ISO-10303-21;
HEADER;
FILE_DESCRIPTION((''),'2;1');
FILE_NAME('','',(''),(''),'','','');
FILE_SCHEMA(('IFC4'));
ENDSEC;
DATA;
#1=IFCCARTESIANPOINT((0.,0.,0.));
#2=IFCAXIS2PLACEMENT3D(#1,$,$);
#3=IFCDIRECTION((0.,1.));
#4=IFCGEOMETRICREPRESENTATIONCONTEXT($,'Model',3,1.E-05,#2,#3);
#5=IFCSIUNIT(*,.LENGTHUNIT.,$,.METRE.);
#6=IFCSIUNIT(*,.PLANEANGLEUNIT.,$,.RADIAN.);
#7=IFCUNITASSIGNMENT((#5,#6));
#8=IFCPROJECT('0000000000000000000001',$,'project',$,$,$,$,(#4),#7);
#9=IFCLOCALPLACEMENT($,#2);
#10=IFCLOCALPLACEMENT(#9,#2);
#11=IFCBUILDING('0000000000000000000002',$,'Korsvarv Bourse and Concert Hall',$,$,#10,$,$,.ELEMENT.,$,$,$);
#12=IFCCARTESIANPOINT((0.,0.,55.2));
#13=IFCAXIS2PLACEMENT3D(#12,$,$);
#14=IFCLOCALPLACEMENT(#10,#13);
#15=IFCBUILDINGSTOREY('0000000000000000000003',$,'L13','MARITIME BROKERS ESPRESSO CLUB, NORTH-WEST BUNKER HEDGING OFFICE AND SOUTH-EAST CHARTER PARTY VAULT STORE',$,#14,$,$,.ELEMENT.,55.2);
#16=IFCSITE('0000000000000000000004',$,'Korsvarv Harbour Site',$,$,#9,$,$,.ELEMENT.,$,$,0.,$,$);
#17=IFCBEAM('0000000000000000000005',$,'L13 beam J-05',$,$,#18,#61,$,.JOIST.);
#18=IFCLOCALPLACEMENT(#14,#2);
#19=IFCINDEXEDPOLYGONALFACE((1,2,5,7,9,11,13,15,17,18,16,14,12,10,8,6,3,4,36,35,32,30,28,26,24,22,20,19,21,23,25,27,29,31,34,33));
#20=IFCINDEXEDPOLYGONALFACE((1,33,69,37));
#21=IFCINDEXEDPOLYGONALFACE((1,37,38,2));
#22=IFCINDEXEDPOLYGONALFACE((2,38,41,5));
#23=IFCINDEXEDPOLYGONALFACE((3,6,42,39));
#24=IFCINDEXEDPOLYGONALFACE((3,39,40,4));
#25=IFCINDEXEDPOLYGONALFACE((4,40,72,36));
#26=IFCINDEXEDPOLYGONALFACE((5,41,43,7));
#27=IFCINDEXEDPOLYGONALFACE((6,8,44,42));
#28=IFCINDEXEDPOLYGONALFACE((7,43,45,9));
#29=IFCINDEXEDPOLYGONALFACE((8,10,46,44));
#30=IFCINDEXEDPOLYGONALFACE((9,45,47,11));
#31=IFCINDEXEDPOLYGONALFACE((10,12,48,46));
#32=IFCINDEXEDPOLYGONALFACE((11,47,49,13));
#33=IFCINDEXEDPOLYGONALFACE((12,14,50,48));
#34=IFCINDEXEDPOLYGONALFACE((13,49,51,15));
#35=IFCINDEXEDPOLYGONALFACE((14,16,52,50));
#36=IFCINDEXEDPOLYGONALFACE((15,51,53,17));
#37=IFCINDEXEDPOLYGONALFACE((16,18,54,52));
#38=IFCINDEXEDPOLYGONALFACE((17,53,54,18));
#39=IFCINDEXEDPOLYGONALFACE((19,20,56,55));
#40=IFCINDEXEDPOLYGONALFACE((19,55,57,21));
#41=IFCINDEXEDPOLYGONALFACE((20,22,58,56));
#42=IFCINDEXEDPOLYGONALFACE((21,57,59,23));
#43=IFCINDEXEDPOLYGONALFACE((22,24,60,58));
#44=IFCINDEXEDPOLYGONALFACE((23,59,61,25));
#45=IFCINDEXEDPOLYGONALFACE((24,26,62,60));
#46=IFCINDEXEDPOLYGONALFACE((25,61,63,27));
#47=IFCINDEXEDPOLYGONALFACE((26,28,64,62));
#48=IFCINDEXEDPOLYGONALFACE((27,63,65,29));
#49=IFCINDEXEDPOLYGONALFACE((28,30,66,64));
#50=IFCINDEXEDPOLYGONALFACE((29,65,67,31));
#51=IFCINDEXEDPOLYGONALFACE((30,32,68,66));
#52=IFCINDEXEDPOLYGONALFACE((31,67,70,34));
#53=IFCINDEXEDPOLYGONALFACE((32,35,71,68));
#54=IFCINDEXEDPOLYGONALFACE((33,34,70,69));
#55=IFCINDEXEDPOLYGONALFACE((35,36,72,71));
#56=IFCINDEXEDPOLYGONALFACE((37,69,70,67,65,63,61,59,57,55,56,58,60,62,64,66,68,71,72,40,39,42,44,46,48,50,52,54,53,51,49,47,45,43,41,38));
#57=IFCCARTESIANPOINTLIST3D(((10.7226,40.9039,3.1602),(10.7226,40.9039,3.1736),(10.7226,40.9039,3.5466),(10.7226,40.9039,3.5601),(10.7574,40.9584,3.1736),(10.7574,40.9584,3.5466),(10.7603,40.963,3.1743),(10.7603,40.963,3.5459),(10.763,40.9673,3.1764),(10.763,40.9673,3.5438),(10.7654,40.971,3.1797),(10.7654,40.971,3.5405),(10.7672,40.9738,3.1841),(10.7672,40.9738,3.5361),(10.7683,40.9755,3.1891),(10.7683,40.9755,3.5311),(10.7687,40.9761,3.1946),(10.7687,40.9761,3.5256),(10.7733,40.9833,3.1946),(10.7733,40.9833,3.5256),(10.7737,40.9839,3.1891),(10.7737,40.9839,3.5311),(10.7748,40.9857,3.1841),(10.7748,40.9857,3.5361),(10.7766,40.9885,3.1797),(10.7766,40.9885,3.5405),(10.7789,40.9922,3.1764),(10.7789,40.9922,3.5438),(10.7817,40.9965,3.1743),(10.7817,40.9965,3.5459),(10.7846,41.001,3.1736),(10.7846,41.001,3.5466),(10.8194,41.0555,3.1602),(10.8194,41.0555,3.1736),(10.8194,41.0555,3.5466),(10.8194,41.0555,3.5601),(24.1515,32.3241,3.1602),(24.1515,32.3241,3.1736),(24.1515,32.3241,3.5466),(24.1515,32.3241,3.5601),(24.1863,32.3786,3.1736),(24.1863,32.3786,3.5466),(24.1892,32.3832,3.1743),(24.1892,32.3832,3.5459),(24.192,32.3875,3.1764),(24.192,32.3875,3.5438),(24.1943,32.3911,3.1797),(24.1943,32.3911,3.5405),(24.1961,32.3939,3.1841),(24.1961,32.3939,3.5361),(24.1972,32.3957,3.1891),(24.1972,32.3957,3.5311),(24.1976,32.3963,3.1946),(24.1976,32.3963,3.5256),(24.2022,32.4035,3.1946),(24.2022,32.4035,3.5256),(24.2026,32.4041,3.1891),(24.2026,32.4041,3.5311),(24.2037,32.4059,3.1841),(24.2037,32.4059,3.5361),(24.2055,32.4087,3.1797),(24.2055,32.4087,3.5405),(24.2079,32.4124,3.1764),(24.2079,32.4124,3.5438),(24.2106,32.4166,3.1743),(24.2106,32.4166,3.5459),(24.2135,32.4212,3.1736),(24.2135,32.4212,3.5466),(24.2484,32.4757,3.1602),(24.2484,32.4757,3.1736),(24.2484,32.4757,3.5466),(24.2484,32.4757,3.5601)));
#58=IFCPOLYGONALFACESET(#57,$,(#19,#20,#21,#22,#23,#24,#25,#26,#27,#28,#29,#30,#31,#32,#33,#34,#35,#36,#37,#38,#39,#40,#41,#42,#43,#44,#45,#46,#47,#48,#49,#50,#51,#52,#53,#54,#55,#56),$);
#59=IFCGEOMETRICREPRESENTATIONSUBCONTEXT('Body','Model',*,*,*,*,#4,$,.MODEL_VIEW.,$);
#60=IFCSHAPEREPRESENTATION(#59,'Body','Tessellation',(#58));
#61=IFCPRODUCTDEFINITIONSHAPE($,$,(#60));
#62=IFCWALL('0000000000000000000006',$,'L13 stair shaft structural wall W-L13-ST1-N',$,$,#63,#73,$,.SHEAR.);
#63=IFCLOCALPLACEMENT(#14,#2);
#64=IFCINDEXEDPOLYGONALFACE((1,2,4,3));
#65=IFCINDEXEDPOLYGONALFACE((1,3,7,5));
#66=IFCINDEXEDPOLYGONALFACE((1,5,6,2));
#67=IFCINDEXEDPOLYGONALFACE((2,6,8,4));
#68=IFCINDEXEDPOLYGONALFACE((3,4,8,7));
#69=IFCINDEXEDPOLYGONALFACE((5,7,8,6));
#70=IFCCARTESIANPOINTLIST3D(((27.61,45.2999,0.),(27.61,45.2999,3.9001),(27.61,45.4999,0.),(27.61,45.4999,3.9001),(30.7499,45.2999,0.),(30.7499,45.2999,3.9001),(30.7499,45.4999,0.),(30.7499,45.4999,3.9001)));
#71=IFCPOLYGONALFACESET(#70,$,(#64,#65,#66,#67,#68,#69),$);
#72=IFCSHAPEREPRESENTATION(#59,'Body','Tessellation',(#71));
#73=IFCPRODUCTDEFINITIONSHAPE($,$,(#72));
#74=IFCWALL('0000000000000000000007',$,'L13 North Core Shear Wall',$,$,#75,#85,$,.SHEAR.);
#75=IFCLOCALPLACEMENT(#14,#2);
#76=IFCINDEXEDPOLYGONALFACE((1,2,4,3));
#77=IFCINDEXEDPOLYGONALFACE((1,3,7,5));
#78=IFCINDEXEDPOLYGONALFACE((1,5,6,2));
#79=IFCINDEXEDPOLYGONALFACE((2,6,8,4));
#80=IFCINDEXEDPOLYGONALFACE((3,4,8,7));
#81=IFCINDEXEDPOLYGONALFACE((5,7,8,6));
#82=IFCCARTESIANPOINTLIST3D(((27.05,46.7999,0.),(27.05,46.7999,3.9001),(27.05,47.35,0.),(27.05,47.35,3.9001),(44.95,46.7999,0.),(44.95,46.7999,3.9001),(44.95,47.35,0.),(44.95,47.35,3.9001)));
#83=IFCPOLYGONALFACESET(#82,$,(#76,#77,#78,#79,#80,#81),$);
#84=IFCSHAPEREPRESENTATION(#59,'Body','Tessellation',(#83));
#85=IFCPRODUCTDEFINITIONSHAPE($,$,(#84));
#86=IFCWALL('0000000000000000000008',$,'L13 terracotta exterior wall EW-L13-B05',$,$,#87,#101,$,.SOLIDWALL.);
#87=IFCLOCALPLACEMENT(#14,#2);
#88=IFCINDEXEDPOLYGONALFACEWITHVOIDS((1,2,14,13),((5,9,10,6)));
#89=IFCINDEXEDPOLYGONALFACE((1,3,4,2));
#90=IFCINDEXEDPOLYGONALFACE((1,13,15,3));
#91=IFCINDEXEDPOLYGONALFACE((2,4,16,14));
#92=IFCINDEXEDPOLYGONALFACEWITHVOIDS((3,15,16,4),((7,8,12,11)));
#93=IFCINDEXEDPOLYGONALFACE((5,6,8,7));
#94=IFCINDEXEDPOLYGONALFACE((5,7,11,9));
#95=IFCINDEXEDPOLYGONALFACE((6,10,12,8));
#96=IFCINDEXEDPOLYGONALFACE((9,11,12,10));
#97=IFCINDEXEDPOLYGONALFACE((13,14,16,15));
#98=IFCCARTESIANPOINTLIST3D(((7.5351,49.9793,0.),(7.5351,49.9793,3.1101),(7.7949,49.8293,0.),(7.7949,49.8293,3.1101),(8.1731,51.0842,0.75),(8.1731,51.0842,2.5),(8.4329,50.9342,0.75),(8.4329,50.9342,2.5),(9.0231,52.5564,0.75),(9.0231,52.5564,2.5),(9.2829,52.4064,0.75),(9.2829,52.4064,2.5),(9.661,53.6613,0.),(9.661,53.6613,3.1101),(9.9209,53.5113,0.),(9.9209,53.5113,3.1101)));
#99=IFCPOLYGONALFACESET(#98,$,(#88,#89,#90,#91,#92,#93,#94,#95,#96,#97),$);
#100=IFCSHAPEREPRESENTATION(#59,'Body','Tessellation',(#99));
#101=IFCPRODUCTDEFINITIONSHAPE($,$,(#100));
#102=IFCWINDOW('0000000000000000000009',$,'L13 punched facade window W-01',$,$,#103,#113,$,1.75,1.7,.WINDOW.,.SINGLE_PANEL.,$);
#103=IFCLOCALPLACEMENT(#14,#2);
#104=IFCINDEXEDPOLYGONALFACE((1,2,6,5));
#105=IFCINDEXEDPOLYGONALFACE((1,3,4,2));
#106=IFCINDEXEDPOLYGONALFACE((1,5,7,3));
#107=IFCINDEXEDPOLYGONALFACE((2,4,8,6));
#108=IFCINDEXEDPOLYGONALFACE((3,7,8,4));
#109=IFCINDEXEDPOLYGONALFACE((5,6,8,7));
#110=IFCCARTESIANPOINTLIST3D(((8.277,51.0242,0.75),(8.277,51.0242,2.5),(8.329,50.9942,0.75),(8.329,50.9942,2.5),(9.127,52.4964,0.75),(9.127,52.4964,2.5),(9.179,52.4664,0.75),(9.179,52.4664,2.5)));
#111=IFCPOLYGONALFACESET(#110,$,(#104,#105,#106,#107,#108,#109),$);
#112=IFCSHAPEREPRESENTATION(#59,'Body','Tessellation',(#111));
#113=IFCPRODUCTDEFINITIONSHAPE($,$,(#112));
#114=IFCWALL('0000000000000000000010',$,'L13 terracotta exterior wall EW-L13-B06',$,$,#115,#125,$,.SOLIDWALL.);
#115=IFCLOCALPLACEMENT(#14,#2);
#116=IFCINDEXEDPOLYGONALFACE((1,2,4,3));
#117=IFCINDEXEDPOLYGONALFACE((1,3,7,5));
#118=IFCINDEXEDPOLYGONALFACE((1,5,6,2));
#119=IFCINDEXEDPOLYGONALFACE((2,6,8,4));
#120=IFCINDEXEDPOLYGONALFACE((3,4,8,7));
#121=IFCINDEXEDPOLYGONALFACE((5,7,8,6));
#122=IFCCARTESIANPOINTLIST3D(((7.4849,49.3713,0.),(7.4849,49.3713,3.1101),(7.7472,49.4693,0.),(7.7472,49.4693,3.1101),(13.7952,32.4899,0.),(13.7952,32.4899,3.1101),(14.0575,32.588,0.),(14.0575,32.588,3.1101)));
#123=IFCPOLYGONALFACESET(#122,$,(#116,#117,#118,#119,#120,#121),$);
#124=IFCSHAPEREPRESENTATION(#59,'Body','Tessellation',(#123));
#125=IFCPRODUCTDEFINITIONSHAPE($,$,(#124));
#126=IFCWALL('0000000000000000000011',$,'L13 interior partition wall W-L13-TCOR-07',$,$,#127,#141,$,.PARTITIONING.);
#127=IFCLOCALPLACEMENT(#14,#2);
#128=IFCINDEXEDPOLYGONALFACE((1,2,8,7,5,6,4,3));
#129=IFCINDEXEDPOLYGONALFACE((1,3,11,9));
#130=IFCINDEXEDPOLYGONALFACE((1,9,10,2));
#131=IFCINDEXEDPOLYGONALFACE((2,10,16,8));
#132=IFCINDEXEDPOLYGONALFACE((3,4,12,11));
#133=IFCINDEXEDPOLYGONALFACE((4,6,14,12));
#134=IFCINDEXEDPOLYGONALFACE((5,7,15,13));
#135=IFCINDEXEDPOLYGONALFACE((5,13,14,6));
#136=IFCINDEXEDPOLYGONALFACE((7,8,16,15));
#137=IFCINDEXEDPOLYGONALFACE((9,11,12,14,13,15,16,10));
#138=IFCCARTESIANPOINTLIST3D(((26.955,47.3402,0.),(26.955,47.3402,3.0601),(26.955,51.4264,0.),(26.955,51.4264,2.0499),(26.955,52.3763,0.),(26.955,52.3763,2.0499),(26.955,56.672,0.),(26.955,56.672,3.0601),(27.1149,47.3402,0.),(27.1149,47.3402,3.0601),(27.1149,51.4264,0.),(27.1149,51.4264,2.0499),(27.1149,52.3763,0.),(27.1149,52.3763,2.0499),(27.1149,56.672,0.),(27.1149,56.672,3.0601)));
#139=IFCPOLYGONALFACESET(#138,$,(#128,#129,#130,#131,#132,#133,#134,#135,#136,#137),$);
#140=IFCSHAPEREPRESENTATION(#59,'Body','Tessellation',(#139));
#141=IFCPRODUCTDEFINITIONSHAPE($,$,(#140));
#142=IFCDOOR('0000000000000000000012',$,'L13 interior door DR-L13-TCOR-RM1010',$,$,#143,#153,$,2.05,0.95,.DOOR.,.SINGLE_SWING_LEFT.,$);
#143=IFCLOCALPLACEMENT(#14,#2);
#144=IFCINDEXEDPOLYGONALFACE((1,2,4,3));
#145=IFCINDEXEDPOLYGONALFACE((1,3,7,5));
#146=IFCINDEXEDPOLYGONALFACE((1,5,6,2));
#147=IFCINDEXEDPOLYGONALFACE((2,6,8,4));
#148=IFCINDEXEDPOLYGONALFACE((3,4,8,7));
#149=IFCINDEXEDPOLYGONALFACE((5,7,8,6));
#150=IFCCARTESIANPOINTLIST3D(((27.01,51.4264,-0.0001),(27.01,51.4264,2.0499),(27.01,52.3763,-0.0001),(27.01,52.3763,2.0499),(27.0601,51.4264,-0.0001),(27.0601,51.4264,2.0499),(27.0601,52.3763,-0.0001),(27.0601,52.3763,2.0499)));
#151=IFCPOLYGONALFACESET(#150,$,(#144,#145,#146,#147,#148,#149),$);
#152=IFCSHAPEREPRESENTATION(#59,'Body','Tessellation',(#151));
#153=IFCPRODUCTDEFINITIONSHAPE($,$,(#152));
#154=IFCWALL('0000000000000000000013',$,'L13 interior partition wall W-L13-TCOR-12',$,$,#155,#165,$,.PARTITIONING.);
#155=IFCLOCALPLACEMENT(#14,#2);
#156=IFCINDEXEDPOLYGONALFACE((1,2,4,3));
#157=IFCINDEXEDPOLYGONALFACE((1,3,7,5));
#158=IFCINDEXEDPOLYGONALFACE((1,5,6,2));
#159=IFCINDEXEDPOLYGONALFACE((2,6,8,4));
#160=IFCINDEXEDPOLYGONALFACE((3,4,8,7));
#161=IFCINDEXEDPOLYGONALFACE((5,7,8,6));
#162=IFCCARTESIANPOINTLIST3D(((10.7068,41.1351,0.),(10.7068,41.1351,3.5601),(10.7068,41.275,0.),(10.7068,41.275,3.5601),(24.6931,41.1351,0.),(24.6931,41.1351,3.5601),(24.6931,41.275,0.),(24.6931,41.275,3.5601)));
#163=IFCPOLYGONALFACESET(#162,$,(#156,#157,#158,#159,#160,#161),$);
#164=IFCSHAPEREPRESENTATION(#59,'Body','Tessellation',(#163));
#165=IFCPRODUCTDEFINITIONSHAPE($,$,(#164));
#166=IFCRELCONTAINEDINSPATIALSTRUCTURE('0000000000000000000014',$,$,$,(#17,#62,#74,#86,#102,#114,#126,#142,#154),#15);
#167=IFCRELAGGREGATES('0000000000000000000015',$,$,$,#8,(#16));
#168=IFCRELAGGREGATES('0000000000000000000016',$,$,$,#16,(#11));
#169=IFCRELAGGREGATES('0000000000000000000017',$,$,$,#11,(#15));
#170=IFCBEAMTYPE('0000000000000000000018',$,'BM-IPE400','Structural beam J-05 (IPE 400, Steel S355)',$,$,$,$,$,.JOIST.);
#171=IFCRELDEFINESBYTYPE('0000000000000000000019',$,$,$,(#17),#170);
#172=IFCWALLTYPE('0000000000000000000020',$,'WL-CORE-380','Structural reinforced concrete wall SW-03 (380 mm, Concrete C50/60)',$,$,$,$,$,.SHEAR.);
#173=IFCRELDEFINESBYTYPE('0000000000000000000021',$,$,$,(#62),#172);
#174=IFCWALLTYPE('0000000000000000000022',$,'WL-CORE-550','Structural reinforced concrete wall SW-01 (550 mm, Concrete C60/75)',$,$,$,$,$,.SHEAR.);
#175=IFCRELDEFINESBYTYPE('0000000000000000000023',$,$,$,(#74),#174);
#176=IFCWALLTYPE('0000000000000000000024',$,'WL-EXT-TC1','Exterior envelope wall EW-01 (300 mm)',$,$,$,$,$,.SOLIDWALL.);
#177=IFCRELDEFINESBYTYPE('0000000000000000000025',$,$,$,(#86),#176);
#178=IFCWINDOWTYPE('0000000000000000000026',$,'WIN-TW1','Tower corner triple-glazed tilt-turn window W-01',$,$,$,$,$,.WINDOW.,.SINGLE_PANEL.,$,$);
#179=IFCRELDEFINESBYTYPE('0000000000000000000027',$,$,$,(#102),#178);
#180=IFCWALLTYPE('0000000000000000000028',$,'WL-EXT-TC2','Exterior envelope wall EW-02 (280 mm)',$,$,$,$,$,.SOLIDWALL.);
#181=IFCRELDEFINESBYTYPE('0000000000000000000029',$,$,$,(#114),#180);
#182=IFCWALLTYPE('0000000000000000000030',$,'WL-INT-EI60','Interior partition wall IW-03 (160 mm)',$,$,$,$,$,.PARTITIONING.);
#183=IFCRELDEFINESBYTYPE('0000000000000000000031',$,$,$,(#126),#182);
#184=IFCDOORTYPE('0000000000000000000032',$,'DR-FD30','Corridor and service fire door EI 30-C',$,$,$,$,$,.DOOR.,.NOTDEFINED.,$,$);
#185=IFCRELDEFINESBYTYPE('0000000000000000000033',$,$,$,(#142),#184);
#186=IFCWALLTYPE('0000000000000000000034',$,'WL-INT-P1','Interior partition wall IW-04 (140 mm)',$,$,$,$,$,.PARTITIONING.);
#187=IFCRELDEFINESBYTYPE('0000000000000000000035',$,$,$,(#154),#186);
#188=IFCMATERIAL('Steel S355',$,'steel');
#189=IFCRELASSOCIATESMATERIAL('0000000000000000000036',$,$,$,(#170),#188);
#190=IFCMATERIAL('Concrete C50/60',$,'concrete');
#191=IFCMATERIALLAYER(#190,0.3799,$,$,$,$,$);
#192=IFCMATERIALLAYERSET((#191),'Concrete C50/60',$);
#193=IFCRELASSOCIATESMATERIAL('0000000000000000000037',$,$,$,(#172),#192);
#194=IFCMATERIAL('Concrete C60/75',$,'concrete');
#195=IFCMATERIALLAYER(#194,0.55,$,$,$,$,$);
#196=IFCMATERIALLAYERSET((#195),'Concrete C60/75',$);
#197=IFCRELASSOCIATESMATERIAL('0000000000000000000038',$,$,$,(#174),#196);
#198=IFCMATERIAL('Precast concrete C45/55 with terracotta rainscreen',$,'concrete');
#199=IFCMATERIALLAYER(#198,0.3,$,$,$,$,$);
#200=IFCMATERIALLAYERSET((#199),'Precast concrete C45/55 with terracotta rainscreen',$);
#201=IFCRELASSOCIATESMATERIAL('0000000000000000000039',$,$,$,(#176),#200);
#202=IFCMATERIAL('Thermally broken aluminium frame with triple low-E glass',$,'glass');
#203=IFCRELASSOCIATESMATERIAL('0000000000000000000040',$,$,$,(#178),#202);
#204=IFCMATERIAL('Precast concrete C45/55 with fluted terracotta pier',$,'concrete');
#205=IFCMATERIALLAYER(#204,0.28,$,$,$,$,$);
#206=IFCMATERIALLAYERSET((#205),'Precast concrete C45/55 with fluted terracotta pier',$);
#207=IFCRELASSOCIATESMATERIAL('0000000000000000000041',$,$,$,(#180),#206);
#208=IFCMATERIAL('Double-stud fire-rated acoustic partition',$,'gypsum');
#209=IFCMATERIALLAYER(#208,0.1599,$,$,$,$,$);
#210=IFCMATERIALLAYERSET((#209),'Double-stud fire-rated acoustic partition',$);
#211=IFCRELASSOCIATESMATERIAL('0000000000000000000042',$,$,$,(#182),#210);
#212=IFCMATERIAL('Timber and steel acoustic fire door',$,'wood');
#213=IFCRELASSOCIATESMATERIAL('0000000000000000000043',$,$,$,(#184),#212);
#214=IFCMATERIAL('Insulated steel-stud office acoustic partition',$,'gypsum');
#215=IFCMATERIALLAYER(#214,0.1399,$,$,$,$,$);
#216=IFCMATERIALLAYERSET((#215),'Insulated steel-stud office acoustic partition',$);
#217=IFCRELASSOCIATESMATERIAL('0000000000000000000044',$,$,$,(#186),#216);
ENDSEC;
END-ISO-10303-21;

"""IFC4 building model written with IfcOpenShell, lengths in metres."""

from ifc_helpers import new_model, si_unit, direction, frame, frame_2d, origin, origin_2d, place, context, subcontext, project, spatial, rectangle, i_section, extrude, source, transform, mapped, material, layer, layer_set, material_profile, profile_set, type_object, element, fill, save


model = new_model("IFC4")

# Units and contexts
model_context = context("Model", 3, precision=1e-05, world=origin(), true_north=direction((0.0, 1.0)))
body_context = subcontext(model_context, "Body", "Model", "MODEL_VIEW")
ifc_project = project(units=[si_unit("LENGTHUNIT", "METRE"), si_unit("PLANEANGLEUNIT", "RADIAN")], contexts=[model_context])

# Site, building, storey
site_placement = place(None, origin())
site = spatial("IfcSite", under=ifc_project, at=site_placement, Name="Korsvarv Harbour Site", CompositionType="ELEMENT", RefElevation=0.0)
building_placement = place(site_placement, origin())
building = spatial("IfcBuilding", under=site, at=building_placement, Name="Korsvarv Bourse and Concert Hall", CompositionType="ELEMENT")
storey_placement = place(building_placement, frame((0.0, 0.0, 55.2)))
storey = spatial("IfcBuildingStorey", under=building, at=storey_placement, Name="L13", Description="MARITIME BROKERS ESPRESSO CLUB, NORTH-WEST BUNKER HEDGING OFFICE AND SOUTH-EAST CHARTER PARTY VAULT STORE", CompositionType="ELEMENT", Elevation=55.2)

# Shared definitions
ifc_material_1 = material(Name="Concrete C60/75", Category="concrete")

# Beam
ifc_material_2 = material(Name="Steel S355", Category="steel")
ifc_material_profile_1 = material_profile(ifc_material_2, i_section(OverallWidth=0.1799, OverallDepth=0.3999, WebThickness=0.0085, FlangeThickness=0.0134, FilletRadius=0.021, at=origin_2d()), Name="IPE 400")
ifc_profile_set_1 = profile_set([ifc_material_profile_1], Name="Steel S355")
beam_type_1 = type_object("IfcBeamType", Name="BM-IPE400", Description="Structural beam J-05 (IPE 400, Steel S355)", PredefinedType="JOIST", material=ifc_profile_set_1)
shared_shape_1 = source(origin(), body_context, "Body", "SweptSolid", [
    extrude(i_section(OverallWidth=0.1799, OverallDepth=0.3999, WebThickness=0.0085, FlangeThickness=0.0134, FilletRadius=0.021, at=origin_2d()), origin(), (0.0, 0.0, 1.0), 15.9358),
])
beam_1_placement = place(storey_placement, frame((10.771, 40.9797, 3.3601), z_axis=(0.84269, -0.538399, 0.0), x_axis=(0.538399, 0.84269, 0.0)))
element("IfcBeam", 1, at=beam_1_placement, inside=storey, type_object=beam_type_1, Name="L13 beam J-05", PredefinedType="JOIST", context=body_context, shape_type="MappedRepresentation", body=[
    mapped(shared_shape_1, transform((0.0, 0.0, 0.0), scale=1.0)),
])

# Walls
ifc_material_3 = material(Name="Concrete C50/60", Category="concrete")
ifc_layer_1 = layer(ifc_material_3, 0.3799)
ifc_layer_set_1 = layer_set([ifc_layer_1], Name="Concrete C50/60")
wall_type_1 = type_object("IfcWallType", Name="WL-CORE-380", Description="Structural reinforced concrete wall SW-03 (380 mm, Concrete C50/60)", PredefinedType="SHEAR", material=ifc_layer_set_1)
wall_1_placement = place(storey_placement, frame((27.6101, 45.3999, 0.0), z_axis=(0.0, 0.0, 1.0), x_axis=(1.0, 0.0, 0.0)))
element("IfcWall", 2, at=wall_1_placement, inside=storey, type_object=wall_type_1, Name="L13 stair shaft structural wall W-L13-ST1-N", PredefinedType="SHEAR", context=body_context, shape_type="SweptSolid", body=[
    extrude(rectangle(XDim=3.1399, YDim=0.2, at=frame_2d((1.5698, 0.0))), origin(), (0.0, 0.0, 1.0), 3.9001),
])
ifc_layer_2 = layer(ifc_material_1, 0.55)
ifc_layer_set_2 = layer_set([ifc_layer_2], Name="Concrete C60/75")
wall_type_2 = type_object("IfcWallType", Name="WL-CORE-550", Description="Structural reinforced concrete wall SW-01 (550 mm, Concrete C60/75)", PredefinedType="SHEAR", material=ifc_layer_set_2)
wall_2_placement = place(storey_placement, frame((27.05, 47.075, 0.0), z_axis=(0.0, 0.0, 1.0), x_axis=(1.0, 0.0, 0.0)))
element("IfcWall", 3, at=wall_2_placement, inside=storey, type_object=wall_type_2, Name="L13 North Core Shear Wall", PredefinedType="SHEAR", context=body_context, shape_type="SweptSolid", body=[
    extrude(rectangle(XDim=17.8999, YDim=0.55, at=frame_2d((8.95, 0.0))), origin(), (0.0, 0.0, 1.0), 3.9001),
])

# Wall, opening, window
ifc_material_4 = material(Name="Precast concrete C45/55 with terracotta rainscreen", Category="concrete")
ifc_layer_3 = layer(ifc_material_4, 0.3)
ifc_layer_set_3 = layer_set([ifc_layer_3], Name="Precast concrete C45/55 with terracotta rainscreen")
wall_type_3 = type_object("IfcWallType", Name="WL-EXT-TC1", Description="Exterior envelope wall EW-01 (300 mm)", PredefinedType="SOLIDWALL", material=ifc_layer_set_3)
wall_3_placement = place(storey_placement, frame((9.791, 53.5864, 0.0), z_axis=(0.0, 0.0, 1.0), x_axis=(-0.500017, -0.866015, 0.0)))
wall_3 = element("IfcWall", 4, at=wall_3_placement, inside=storey, type_object=wall_type_3, Name="L13 terracotta exterior wall EW-L13-B05", PredefinedType="SOLIDWALL", context=body_context, shape_type="SweptSolid", body=[
    extrude(rectangle(XDim=4.2517, YDim=0.3, at=frame_2d((2.126, 0.0))), origin(), (0.0, 0.0, 1.0), 3.1101),
])
opening_1_placement = place(wall_3_placement, frame((1.2759, 0.0, 0.75)))
opening_1 = element("IfcOpeningElement", 5, at=opening_1_placement, cuts=wall_3, PredefinedType="OPENING", context=body_context, shape_type="SweptSolid", body=[
    extrude(rectangle(XDim=1.7, YDim=1.75, at=frame_2d((0.8501, 0.875))), frame((0.0, 0.1602, 0.0), z_axis=(0.0, -1.0, 0.0), x_axis=(1.0, 0.0, 0.0)), (0.0, 0.0, 1.0), 0.3201),
])
ifc_material_5 = material(Name="Thermally broken aluminium frame with triple low-E glass", Category="glass")
window_type = type_object("IfcWindowType", Name="WIN-TW1", Description="Tower corner triple-glazed tilt-turn window W-01", PartitioningType="SINGLE_PANEL", PredefinedType="WINDOW", material=ifc_material_5)
window_placement = place(opening_1_placement, origin())
window = element("IfcWindow", 6, at=window_placement, inside=storey, type_object=window_type, Name="L13 punched facade window W-01", OverallHeight=1.75, OverallWidth=1.7, PartitioningType="SINGLE_PANEL", PredefinedType="WINDOW", context=body_context, shape_type="SweptSolid", body=[
    extrude(rectangle(XDim=1.7, YDim=1.75, at=frame_2d((0.8501, 0.875))), frame((0.0, 0.03, 0.0), z_axis=(0.0, -1.0, 0.0), x_axis=(1.0, 0.0, 0.0)), (0.0, 0.0, 1.0), 0.0601),
])
fill(opening_1, window)

# Wall
ifc_material_6 = material(Name="Precast concrete C45/55 with fluted terracotta pier", Category="concrete")
ifc_layer_4 = layer(ifc_material_6, 0.28)
ifc_layer_set_4 = layer_set([ifc_layer_4], Name="Precast concrete C45/55 with fluted terracotta pier")
wall_type_4 = type_object("IfcWallType", Name="WL-EXT-TC2", Description="Exterior envelope wall EW-02 (280 mm)", PredefinedType="SOLIDWALL", material=ifc_layer_set_4)
wall_4_placement = place(storey_placement, frame((7.616, 49.4204, 0.0), z_axis=(0.0, 0.0, 1.0), x_axis=(0.35014, -0.936697, 0.0)))
element("IfcWall", 7, at=wall_4_placement, inside=storey, type_object=wall_type_4, Name="L13 terracotta exterior wall EW-L13-B06", PredefinedType="SOLIDWALL", context=body_context, shape_type="SweptSolid", body=[
    extrude(rectangle(XDim=18.0222, YDim=0.28, at=frame_2d((9.0112, 0.0))), origin(), (0.0, 0.0, 1.0), 3.1101),
])

# Wall, opening, door
ifc_material_7 = material(Name="Double-stud fire-rated acoustic partition", Category="gypsum")
ifc_layer_5 = layer(ifc_material_7, 0.1599)
ifc_layer_set_5 = layer_set([ifc_layer_5], Name="Double-stud fire-rated acoustic partition")
wall_type_5 = type_object("IfcWallType", Name="WL-INT-EI60", Description="Interior partition wall IW-03 (160 mm)", PredefinedType="PARTITIONING", material=ifc_layer_set_5)
wall_5_placement = place(storey_placement, frame((27.0349, 47.3401, 0.0), z_axis=(0.0, 0.0, 1.0), x_axis=(0.0, 1.0, 0.0)))
wall_5 = element("IfcWall", 8, at=wall_5_placement, inside=storey, type_object=wall_type_5, Name="L13 interior partition wall W-L13-TCOR-07", PredefinedType="PARTITIONING", context=body_context, shape_type="SweptSolid", body=[
    extrude(rectangle(XDim=9.3318, YDim=0.1599, at=frame_2d((4.666, 0.0))), origin(), (0.0, 0.0, 1.0), 3.0601),
])
opening_2_placement = place(wall_5_placement, frame((4.0862, 0.0, 0.0)))
opening_2 = element("IfcOpeningElement", 9, at=opening_2_placement, cuts=wall_5, PredefinedType="OPENING", context=body_context, shape_type="SweptSolid", body=[
    extrude(rectangle(XDim=0.95, YDim=2.05, at=frame_2d((0.4751, 1.0249))), frame((0.0, 0.0898, 0.0), z_axis=(0.0, -1.0, 0.0), x_axis=(1.0, 0.0, 0.0)), (0.0, 0.0, 1.0), 0.1799),
])
ifc_material_8 = material(Name="Timber and steel acoustic fire door", Category="wood")
door_type = type_object("IfcDoorType", Name="DR-FD30", Description="Corridor and service fire door EI 30-C", OperationType="NOTDEFINED", PredefinedType="DOOR", material=ifc_material_8)
door_placement = place(opening_2_placement, origin())
door = element("IfcDoor", 10, at=door_placement, inside=storey, type_object=door_type, Name="L13 interior door DR-L13-TCOR-RM1010", OperationType="SINGLE_SWING_LEFT", OverallHeight=2.05, OverallWidth=0.95, PredefinedType="DOOR", context=body_context, shape_type="SweptSolid", body=[
    extrude(rectangle(XDim=0.95, YDim=2.05, at=frame_2d((0.4751, 1.0249))), frame((0.0, 0.0249, 0.0), z_axis=(0.0, -1.0, 0.0), x_axis=(1.0, 0.0, 0.0)), (0.0, 0.0, 1.0), 0.05),
])
fill(opening_2, door)

# Wall
ifc_material_9 = material(Name="Insulated steel-stud office acoustic partition", Category="gypsum")
ifc_layer_6 = layer(ifc_material_9, 0.1399)
ifc_layer_set_6 = layer_set([ifc_layer_6], Name="Insulated steel-stud office acoustic partition")
wall_type_6 = type_object("IfcWallType", Name="WL-INT-P1", Description="Interior partition wall IW-04 (140 mm)", PredefinedType="PARTITIONING", material=ifc_layer_set_6)
wall_6_placement = place(storey_placement, frame((10.7068, 41.2051, 0.0), z_axis=(0.0, 0.0, 1.0), x_axis=(1.0, 0.0, 0.0)))
element("IfcWall", 11, at=wall_6_placement, inside=storey, type_object=wall_type_6, Name="L13 interior partition wall W-L13-TCOR-12", PredefinedType="PARTITIONING", context=body_context, shape_type="SweptSolid", body=[
    extrude(rectangle(XDim=13.9863, YDim=0.1399, at=frame_2d((6.9932, 0.0))), origin(), (0.0, 0.0, 1.0), 3.5601),
])

save(model, "model.ifc")
